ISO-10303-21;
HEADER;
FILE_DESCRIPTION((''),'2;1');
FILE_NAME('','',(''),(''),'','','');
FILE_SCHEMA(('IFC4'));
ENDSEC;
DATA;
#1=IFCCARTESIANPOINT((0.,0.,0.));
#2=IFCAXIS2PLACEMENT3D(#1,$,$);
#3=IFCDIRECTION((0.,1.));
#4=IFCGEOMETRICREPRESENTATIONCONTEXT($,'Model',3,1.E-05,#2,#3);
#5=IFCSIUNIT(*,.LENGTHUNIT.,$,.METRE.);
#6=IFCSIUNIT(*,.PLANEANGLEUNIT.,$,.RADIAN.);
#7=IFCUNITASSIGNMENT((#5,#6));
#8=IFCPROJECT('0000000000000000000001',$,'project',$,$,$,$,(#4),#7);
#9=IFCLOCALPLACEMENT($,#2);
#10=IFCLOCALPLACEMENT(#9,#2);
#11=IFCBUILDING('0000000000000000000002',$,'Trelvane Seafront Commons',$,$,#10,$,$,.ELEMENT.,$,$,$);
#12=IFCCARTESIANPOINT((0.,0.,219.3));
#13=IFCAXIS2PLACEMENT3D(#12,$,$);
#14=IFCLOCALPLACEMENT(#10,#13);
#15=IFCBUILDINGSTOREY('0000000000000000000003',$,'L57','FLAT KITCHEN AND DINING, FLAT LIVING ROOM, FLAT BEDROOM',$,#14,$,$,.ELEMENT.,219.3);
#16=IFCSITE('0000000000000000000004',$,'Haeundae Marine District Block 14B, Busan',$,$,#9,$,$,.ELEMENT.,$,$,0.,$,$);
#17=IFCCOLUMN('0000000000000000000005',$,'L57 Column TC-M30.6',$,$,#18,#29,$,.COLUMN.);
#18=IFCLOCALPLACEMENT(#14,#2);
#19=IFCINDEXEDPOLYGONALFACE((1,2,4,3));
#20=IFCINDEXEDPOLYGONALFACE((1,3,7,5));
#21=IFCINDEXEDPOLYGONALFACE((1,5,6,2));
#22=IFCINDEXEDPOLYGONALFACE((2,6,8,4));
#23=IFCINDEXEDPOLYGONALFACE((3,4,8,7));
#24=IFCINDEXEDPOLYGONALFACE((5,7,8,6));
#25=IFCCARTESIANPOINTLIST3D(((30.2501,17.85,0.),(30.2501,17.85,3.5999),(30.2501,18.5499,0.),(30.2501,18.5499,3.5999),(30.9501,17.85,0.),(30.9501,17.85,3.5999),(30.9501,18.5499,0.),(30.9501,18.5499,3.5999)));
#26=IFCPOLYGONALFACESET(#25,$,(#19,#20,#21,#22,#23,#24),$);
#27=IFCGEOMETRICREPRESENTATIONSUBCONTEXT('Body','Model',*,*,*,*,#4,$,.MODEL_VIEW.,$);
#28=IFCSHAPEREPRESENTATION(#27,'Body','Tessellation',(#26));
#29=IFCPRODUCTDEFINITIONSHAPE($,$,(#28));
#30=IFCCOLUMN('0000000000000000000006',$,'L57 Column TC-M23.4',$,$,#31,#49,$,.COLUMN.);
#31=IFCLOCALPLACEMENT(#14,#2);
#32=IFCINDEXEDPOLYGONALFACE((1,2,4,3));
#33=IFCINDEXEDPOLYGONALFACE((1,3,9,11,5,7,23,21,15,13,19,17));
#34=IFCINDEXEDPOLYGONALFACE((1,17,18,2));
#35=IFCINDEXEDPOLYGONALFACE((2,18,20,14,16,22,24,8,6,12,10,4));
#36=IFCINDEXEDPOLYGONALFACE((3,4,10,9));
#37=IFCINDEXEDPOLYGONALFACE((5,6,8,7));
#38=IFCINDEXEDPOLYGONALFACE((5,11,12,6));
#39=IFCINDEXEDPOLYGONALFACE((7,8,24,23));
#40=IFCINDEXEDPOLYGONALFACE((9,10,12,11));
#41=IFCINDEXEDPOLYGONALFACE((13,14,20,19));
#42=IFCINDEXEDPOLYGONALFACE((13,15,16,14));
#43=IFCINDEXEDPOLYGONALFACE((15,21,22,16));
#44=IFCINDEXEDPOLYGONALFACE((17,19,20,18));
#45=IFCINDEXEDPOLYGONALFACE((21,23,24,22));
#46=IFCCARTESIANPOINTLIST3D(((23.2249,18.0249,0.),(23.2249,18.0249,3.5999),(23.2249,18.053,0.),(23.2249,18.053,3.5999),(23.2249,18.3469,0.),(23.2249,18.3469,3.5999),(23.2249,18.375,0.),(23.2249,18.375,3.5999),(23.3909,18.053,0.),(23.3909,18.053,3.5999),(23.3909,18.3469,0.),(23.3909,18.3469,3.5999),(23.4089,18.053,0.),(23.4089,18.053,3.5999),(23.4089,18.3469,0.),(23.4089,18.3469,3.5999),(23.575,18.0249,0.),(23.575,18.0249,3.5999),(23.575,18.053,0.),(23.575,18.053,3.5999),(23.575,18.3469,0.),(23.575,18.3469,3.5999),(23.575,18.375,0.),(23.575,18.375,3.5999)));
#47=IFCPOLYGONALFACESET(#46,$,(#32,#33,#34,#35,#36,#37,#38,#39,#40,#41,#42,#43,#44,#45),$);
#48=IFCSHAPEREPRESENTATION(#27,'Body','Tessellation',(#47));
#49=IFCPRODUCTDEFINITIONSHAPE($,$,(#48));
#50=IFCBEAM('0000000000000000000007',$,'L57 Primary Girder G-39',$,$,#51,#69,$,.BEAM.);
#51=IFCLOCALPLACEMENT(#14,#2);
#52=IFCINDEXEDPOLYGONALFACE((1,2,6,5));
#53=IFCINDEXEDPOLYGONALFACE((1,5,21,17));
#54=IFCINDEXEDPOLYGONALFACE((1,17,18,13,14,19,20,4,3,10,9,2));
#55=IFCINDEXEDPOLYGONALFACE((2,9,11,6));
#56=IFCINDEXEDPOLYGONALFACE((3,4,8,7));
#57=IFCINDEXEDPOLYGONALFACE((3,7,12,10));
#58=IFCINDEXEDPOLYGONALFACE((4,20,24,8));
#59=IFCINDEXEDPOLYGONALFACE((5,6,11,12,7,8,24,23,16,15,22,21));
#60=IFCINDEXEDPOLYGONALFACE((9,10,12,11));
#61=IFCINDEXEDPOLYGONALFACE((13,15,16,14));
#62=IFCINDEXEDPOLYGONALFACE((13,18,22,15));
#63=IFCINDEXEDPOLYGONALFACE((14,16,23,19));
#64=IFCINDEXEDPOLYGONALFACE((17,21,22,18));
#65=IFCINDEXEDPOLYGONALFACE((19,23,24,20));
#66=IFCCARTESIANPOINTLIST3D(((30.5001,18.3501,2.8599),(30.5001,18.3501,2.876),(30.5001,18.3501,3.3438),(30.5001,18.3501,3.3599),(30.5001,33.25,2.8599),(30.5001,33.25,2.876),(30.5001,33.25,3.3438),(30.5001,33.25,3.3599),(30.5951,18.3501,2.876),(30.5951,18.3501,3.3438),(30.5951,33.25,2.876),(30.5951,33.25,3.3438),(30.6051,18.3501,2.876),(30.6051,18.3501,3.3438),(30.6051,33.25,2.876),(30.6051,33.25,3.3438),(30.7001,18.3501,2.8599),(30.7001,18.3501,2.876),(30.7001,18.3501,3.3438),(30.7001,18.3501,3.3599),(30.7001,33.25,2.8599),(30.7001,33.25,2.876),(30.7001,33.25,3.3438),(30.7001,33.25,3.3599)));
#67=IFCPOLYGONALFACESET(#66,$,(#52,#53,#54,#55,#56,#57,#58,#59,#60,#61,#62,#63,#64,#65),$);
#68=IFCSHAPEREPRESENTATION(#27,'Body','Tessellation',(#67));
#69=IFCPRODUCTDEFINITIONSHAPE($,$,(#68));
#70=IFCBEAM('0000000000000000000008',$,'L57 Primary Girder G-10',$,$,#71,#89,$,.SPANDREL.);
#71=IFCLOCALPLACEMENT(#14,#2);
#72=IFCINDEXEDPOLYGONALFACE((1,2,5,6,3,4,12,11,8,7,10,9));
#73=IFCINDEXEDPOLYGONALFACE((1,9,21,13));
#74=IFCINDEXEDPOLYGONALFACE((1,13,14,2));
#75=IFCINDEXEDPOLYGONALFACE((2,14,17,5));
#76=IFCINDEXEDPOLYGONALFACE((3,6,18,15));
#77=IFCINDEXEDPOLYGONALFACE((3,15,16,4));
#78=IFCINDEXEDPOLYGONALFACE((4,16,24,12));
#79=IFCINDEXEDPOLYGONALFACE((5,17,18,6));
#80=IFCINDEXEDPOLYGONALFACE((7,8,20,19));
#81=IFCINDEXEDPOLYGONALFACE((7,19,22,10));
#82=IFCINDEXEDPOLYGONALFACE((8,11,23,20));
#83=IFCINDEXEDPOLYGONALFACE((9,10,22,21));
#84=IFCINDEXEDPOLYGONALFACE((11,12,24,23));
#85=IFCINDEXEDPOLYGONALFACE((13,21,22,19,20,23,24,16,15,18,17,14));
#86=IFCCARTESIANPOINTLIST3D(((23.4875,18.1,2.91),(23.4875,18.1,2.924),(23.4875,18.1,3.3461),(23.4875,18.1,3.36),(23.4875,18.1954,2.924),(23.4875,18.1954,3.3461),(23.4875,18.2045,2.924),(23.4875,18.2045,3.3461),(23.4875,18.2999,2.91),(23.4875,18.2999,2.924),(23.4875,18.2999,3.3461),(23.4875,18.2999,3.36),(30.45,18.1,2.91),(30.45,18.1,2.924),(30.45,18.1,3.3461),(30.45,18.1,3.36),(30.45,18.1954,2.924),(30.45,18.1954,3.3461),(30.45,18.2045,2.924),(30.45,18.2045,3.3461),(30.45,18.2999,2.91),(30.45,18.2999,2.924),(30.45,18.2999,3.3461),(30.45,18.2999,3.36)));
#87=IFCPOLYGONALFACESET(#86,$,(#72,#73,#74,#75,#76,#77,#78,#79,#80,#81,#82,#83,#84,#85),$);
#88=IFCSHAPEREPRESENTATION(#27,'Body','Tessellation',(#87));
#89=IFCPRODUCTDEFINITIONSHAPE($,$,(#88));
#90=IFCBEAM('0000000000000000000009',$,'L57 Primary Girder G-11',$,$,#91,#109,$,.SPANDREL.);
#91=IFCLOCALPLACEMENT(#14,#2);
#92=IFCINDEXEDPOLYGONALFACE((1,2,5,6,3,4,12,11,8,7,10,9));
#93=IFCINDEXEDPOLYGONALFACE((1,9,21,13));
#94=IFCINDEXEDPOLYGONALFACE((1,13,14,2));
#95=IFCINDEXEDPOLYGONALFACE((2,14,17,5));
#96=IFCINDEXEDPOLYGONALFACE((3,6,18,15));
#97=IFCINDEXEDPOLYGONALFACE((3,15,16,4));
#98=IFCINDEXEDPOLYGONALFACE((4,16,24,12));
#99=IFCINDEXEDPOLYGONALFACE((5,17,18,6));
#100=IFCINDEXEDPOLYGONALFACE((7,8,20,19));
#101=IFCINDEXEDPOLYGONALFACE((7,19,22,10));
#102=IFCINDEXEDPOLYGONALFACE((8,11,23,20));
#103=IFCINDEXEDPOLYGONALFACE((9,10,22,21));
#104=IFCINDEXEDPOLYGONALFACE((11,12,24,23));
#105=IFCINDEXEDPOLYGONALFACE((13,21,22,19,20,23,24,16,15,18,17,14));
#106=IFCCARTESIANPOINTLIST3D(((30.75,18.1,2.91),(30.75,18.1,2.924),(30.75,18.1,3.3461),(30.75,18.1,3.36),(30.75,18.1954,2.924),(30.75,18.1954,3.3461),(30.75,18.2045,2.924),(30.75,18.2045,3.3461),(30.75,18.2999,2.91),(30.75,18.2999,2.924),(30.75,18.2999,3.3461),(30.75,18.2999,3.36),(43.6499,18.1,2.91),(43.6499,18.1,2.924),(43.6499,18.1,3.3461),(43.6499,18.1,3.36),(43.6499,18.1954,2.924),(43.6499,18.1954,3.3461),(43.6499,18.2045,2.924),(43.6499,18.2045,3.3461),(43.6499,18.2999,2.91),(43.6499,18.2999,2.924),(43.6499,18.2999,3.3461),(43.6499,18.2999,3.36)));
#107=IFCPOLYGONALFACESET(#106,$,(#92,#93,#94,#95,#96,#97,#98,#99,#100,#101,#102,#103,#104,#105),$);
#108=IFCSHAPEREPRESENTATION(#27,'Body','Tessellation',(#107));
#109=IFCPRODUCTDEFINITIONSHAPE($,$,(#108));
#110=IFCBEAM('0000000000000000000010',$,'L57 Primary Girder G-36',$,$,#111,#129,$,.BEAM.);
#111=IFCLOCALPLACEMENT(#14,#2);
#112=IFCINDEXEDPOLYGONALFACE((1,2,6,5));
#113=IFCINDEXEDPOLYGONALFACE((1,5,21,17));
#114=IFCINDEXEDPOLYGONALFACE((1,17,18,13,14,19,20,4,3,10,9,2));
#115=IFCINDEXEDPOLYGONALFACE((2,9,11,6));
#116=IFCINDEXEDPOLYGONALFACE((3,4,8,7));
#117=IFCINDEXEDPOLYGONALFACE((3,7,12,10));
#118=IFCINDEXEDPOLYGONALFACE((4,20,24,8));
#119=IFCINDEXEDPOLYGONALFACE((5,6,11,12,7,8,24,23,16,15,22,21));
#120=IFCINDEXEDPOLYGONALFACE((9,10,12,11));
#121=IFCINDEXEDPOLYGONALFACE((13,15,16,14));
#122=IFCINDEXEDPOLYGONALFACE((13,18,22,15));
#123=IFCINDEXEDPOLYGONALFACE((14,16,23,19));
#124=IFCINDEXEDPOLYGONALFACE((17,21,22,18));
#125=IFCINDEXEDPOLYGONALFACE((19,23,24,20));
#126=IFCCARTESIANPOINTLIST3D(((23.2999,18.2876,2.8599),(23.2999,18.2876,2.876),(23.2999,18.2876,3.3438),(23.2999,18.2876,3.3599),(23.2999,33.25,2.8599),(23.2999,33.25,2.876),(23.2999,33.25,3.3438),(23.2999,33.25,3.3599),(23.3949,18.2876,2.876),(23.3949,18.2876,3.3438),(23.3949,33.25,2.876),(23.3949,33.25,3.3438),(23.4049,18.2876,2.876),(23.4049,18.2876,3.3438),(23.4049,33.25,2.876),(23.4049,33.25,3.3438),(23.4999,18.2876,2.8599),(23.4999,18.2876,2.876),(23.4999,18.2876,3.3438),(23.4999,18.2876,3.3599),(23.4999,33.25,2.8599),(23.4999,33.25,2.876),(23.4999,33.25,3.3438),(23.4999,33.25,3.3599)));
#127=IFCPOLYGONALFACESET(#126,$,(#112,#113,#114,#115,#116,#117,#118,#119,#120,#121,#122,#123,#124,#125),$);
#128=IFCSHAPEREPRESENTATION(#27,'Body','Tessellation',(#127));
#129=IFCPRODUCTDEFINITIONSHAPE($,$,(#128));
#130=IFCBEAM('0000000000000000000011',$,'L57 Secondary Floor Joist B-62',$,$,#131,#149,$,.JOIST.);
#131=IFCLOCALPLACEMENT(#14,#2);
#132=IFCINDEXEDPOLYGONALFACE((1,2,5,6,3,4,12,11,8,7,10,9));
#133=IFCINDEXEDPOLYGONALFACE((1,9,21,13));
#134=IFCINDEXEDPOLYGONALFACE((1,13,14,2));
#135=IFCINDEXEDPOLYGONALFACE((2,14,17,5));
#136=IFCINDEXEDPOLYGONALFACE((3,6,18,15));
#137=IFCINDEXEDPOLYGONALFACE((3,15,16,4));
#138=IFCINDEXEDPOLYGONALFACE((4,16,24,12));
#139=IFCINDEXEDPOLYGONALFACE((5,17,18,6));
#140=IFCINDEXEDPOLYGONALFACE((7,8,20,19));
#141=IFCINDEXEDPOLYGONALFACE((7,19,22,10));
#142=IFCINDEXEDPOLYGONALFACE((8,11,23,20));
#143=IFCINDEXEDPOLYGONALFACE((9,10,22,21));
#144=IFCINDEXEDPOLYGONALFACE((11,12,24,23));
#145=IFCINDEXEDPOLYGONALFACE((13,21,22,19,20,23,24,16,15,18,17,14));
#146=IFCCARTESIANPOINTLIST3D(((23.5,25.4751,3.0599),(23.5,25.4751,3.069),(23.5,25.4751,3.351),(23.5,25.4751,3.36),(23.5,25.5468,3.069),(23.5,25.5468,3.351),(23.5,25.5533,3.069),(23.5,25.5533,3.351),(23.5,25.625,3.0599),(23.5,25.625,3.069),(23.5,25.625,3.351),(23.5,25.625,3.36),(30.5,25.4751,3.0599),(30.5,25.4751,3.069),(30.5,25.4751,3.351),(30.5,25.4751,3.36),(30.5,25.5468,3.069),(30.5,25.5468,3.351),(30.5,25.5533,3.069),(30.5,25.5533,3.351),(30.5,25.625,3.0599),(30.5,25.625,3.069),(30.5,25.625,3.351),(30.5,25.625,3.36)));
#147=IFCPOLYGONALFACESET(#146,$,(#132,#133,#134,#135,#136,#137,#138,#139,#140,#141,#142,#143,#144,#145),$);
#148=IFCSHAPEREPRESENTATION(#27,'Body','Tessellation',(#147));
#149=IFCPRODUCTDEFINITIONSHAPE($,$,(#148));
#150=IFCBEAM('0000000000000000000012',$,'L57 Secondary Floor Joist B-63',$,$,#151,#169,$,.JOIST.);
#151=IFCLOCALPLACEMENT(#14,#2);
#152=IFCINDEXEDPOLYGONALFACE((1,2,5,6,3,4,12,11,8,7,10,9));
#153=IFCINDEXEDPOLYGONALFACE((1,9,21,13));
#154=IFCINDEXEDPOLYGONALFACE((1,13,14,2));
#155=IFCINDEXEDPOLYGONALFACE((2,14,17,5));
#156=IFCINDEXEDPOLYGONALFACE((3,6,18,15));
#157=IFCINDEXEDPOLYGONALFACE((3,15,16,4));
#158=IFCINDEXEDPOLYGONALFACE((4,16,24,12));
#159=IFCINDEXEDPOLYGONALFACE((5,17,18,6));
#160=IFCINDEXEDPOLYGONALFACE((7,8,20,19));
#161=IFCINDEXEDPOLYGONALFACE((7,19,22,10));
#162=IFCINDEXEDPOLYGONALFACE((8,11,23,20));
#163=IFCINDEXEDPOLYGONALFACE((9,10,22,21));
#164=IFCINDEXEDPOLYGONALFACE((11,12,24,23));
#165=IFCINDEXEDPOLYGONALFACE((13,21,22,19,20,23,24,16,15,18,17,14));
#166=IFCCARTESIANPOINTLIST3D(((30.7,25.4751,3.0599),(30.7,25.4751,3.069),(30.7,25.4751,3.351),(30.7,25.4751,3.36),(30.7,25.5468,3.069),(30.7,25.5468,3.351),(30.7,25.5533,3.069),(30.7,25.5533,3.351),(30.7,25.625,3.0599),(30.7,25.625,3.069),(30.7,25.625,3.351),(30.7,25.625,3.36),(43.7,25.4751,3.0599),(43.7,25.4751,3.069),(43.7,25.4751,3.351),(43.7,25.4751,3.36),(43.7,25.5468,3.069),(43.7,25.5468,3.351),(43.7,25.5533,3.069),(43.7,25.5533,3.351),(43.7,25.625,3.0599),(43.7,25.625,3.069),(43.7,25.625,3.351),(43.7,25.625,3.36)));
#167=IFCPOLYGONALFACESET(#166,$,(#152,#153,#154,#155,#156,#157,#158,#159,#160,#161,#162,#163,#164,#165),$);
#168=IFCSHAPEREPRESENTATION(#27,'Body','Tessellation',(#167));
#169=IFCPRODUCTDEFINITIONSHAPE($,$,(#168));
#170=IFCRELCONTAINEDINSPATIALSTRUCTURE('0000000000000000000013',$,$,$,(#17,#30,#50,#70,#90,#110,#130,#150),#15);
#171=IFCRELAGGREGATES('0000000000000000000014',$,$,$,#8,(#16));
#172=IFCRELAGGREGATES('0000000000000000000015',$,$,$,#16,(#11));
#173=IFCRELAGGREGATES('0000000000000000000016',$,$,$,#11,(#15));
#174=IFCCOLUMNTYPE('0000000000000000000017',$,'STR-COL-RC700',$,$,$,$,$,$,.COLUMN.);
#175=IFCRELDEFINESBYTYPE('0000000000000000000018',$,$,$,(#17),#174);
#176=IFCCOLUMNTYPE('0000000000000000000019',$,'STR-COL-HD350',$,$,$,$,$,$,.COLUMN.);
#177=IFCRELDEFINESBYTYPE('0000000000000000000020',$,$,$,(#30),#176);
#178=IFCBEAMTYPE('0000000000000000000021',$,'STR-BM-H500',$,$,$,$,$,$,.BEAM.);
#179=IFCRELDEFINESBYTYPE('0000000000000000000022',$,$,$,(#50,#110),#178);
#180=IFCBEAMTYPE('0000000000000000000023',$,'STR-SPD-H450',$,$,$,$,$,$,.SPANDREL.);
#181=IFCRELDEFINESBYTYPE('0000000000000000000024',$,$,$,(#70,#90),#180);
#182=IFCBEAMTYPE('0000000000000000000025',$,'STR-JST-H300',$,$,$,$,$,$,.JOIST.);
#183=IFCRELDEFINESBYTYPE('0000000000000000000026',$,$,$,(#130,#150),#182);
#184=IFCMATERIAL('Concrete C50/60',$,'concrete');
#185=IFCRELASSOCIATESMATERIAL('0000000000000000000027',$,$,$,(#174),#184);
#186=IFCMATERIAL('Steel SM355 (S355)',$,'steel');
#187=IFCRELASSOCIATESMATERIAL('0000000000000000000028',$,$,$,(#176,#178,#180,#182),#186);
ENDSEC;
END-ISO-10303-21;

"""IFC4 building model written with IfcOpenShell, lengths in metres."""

from ifc_helpers import new_model, si_unit, direction, frame, origin, origin_2d, place, context, subcontext, project, spatial, rectangle, i_section, extrude, source, transform, mapped, material, material_profile, profile_set, type_object, element, save


model = new_model("IFC4")

# Units and contexts
model_context = context("Model", 3, precision=1e-05, world=origin(), true_north=direction((0.0, 1.0)))
body_context = subcontext(model_context, "Body", "Model", "MODEL_VIEW")
ifc_project = project(units=[si_unit("LENGTHUNIT", "METRE"), si_unit("PLANEANGLEUNIT", "RADIAN")], contexts=[model_context])

# Site, building, storey
site_placement = place(None, origin())
site = spatial("IfcSite", under=ifc_project, at=site_placement, Name="Haeundae Marine District Block 14B, Busan", CompositionType="ELEMENT", RefElevation=0.0)
building_placement = place(site_placement, origin())
building = spatial("IfcBuilding", under=site, at=building_placement, Name="Trelvane Seafront Commons", CompositionType="ELEMENT")
storey_placement = place(building_placement, frame((0.0, 0.0, 219.3)))
storey = spatial("IfcBuildingStorey", under=building, at=storey_placement, Name="L57", Description="FLAT KITCHEN AND DINING, FLAT LIVING ROOM, FLAT BEDROOM", CompositionType="ELEMENT", Elevation=219.3)

# Columns
ifc_material_1 = material(Name="Concrete C50/60", Category="concrete")
ifc_material_profile_1 = material_profile(ifc_material_1, rectangle(XDim=0.7, YDim=0.7, at=origin_2d()), Name="RC-700x700")
ifc_profile_set_1 = profile_set([ifc_material_profile_1], Name="Concrete C50/60")
column_type_1 = type_object("IfcColumnType", Name="STR-COL-RC700", PredefinedType="COLUMN", material=ifc_profile_set_1)
shared_shape_1 = source(origin(), body_context, "Body", "SweptSolid", [
    extrude(rectangle(XDim=0.7, YDim=0.7, at=origin_2d()), origin(), (0.0, 0.0, 1.0), 3.5999),
])
column_1_placement = place(storey_placement, frame((30.6001, 18.2, 0.0), z_axis=(0.0, 0.0, 1.0), x_axis=(1.0, 0.0, 0.0)))
element("IfcColumn", 1, at=column_1_placement, inside=storey, type_object=column_type_1, Name="L57 Column TC-M30.6", PredefinedType="COLUMN", context=body_context, shape_type="MappedRepresentation", body=[
    mapped(shared_shape_1, transform((0.0, 0.0, 0.0), x_axis=(1.0, 0.0, 0.0), y_axis=(0.0, 1.0, 0.0), z_axis=(0.0, 0.0, 1.0), scale=1.0)),
])
ifc_material_2 = material(Name="Steel SM355 (S355)", Category="steel")
ifc_material_profile_2 = material_profile(ifc_material_2, i_section(OverallWidth=0.3501, OverallDepth=0.3501, WebThickness=0.0181, FlangeThickness=0.0281, at=origin_2d()), Name="HD-350x350x18x28")
ifc_profile_set_2 = profile_set([ifc_material_profile_2], Name="Steel SM355 (S355)")
column_type_2 = type_object("IfcColumnType", Name="STR-COL-HD350", PredefinedType="COLUMN", material=ifc_profile_set_2)
shared_shape_2 = source(origin(), body_context, "Body", "SweptSolid", [
    extrude(i_section(OverallWidth=0.3501, OverallDepth=0.3501, WebThickness=0.0181, FlangeThickness=0.0281, at=origin_2d()), origin(), (0.0, 0.0, 1.0), 3.5999),
])
column_2_placement = place(storey_placement, frame((23.3999, 18.2, 0.0), z_axis=(0.0, 0.0, 1.0), x_axis=(1.0, 0.0, 0.0)))
element("IfcColumn", 2, at=column_2_placement, inside=storey, type_object=column_type_2, Name="L57 Column TC-M23.4", PredefinedType="COLUMN", context=body_context, shape_type="MappedRepresentation", body=[
    mapped(shared_shape_2, transform((0.0, 0.0, 0.0), x_axis=(1.0, 0.0, 0.0), y_axis=(0.0, 1.0, 0.0), z_axis=(0.0, 0.0, 1.0), scale=1.0)),
])

# Beams
ifc_material_profile_3 = material_profile(ifc_material_2, i_section(OverallWidth=0.2, OverallDepth=0.5, WebThickness=0.01, FlangeThickness=0.0161, at=origin_2d()), Name="H-500x200x10x16")
ifc_profile_set_3 = profile_set([ifc_material_profile_3], Name="Steel SM355 (S355)")
beam_type_1 = type_object("IfcBeamType", Name="STR-BM-H500", PredefinedType="BEAM", material=ifc_profile_set_3)
shared_shape_3 = source(origin(), body_context, "Body", "SweptSolid", [
    extrude(i_section(OverallWidth=0.2, OverallDepth=0.5, WebThickness=0.01, FlangeThickness=0.0161, at=origin_2d()), origin(), (0.0, 0.0, 1.0), 14.8999),
])
beam_1_placement = place(storey_placement, frame((30.6001, 18.3501, 3.1099), z_axis=(0.0, 1.0, 0.0), x_axis=(-1.0, 0.0, 0.0)))
element("IfcBeam", 3, at=beam_1_placement, inside=storey, type_object=beam_type_1, Name="L57 Primary Girder G-39", PredefinedType="BEAM", context=body_context, shape_type="MappedRepresentation", body=[
    mapped(shared_shape_3, transform((0.0, 0.0, 0.0), x_axis=(1.0, 0.0, 0.0), y_axis=(0.0, 1.0, 0.0), z_axis=(0.0, 0.0, 1.0), scale=1.0)),
])
ifc_material_profile_4 = material_profile(ifc_material_2, i_section(OverallWidth=0.2, OverallDepth=0.45, WebThickness=0.009, FlangeThickness=0.0139, at=origin_2d()), Name="H-450x200x9x14")
ifc_profile_set_4 = profile_set([ifc_material_profile_4], Name="Steel SM355 (S355)")
beam_type_2 = type_object("IfcBeamType", Name="STR-SPD-H450", PredefinedType="SPANDREL", material=ifc_profile_set_4)
shared_shape_4 = source(origin(), body_context, "Body", "SweptSolid", [
    extrude(i_section(OverallWidth=0.2, OverallDepth=0.45, WebThickness=0.009, FlangeThickness=0.0139, at=origin_2d()), origin(), (0.0, 0.0, 1.0), 6.9624),
])
beam_2_placement = place(storey_placement, frame((23.4875, 18.2, 3.135), z_axis=(1.0, 0.0, 0.0), x_axis=(0.0, 1.0, 0.0)))
element("IfcBeam", 4, at=beam_2_placement, inside=storey, type_object=beam_type_2, Name="L57 Primary Girder G-10", PredefinedType="SPANDREL", context=body_context, shape_type="MappedRepresentation", body=[
    mapped(shared_shape_4, transform((0.0, 0.0, 0.0), x_axis=(1.0, 0.0, 0.0), y_axis=(0.0, 1.0, 0.0), z_axis=(0.0, 0.0, 1.0), scale=1.0)),
])
shared_shape_5 = source(origin(), body_context, "Body", "SweptSolid", [
    extrude(i_section(OverallWidth=0.2, OverallDepth=0.45, WebThickness=0.009, FlangeThickness=0.0139, at=origin_2d()), origin(), (0.0, 0.0, 1.0), 12.8999),
])
beam_3_placement = place(storey_placement, frame((30.75, 18.2, 3.135), z_axis=(1.0, 0.0, 0.0), x_axis=(0.0, 1.0, 0.0)))
element("IfcBeam", 5, at=beam_3_placement, inside=storey, type_object=beam_type_2, Name="L57 Primary Girder G-11", PredefinedType="SPANDREL", context=body_context, shape_type="MappedRepresentation", body=[
    mapped(shared_shape_5, transform((0.0, 0.0, 0.0), x_axis=(1.0, 0.0, 0.0), y_axis=(0.0, 1.0, 0.0), z_axis=(0.0, 0.0, 1.0), scale=1.0)),
])
shared_shape_6 = source(origin(), body_context, "Body", "SweptSolid", [
    extrude(i_section(OverallWidth=0.2, OverallDepth=0.5, WebThickness=0.01, FlangeThickness=0.0161, at=origin_2d()), origin(), (0.0, 0.0, 1.0), 14.9624),
])
beam_4_placement = place(storey_placement, frame((23.3999, 18.2876, 3.1099), z_axis=(0.0, 1.0, 0.0), x_axis=(-1.0, 0.0, 0.0)))
element("IfcBeam", 6, at=beam_4_placement, inside=storey, type_object=beam_type_1, Name="L57 Primary Girder G-36", PredefinedType="BEAM", context=body_context, shape_type="MappedRepresentation", body=[
    mapped(shared_shape_6, transform((0.0, 0.0, 0.0), x_axis=(1.0, 0.0, 0.0), y_axis=(0.0, 1.0, 0.0), z_axis=(0.0, 0.0, 1.0), scale=1.0)),
])
ifc_material_profile_5 = material_profile(ifc_material_2, i_section(OverallWidth=0.1499, OverallDepth=0.3, WebThickness=0.0066, FlangeThickness=0.009, at=origin_2d()), Name="H-300x150x6.5x9")
ifc_profile_set_5 = profile_set([ifc_material_profile_5], Name="Steel SM355 (S355)")
beam_type_3 = type_object("IfcBeamType", Name="STR-JST-H300", PredefinedType="JOIST", material=ifc_profile_set_5)
shared_shape_7 = source(origin(), body_context, "Body", "SweptSolid", [
    extrude(i_section(OverallWidth=0.1499, OverallDepth=0.3, WebThickness=0.0066, FlangeThickness=0.009, at=origin_2d()), origin(), (0.0, 0.0, 1.0), 7.0),
])
beam_5_placement = place(storey_placement, frame((23.5, 25.55, 3.21), z_axis=(1.0, 0.0, 0.0), x_axis=(0.0, 1.0, 0.0)))
element("IfcBeam", 7, at=beam_5_placement, inside=storey, type_object=beam_type_3, Name="L57 Secondary Floor Joist B-62", PredefinedType="JOIST", context=body_context, shape_type="MappedRepresentation", body=[
    mapped(shared_shape_7, transform((0.0, 0.0, 0.0), x_axis=(1.0, 0.0, 0.0), y_axis=(0.0, 1.0, 0.0), z_axis=(0.0, 0.0, 1.0), scale=1.0)),
])
shared_shape_8 = source(origin(), body_context, "Body", "SweptSolid", [
    extrude(i_section(OverallWidth=0.1499, OverallDepth=0.3, WebThickness=0.0066, FlangeThickness=0.009, at=origin_2d()), origin(), (0.0, 0.0, 1.0), 13.0),
])
beam_6_placement = place(storey_placement, frame((30.7, 25.55, 3.21), z_axis=(1.0, 0.0, 0.0), x_axis=(0.0, 1.0, 0.0)))
element("IfcBeam", 8, at=beam_6_placement, inside=storey, type_object=beam_type_3, Name="L57 Secondary Floor Joist B-63", PredefinedType="JOIST", context=body_context, shape_type="MappedRepresentation", body=[
    mapped(shared_shape_8, transform((0.0, 0.0, 0.0), x_axis=(1.0, 0.0, 0.0), y_axis=(0.0, 1.0, 0.0), z_axis=(0.0, 0.0, 1.0), scale=1.0)),
])

save(model, "model.ifc")
